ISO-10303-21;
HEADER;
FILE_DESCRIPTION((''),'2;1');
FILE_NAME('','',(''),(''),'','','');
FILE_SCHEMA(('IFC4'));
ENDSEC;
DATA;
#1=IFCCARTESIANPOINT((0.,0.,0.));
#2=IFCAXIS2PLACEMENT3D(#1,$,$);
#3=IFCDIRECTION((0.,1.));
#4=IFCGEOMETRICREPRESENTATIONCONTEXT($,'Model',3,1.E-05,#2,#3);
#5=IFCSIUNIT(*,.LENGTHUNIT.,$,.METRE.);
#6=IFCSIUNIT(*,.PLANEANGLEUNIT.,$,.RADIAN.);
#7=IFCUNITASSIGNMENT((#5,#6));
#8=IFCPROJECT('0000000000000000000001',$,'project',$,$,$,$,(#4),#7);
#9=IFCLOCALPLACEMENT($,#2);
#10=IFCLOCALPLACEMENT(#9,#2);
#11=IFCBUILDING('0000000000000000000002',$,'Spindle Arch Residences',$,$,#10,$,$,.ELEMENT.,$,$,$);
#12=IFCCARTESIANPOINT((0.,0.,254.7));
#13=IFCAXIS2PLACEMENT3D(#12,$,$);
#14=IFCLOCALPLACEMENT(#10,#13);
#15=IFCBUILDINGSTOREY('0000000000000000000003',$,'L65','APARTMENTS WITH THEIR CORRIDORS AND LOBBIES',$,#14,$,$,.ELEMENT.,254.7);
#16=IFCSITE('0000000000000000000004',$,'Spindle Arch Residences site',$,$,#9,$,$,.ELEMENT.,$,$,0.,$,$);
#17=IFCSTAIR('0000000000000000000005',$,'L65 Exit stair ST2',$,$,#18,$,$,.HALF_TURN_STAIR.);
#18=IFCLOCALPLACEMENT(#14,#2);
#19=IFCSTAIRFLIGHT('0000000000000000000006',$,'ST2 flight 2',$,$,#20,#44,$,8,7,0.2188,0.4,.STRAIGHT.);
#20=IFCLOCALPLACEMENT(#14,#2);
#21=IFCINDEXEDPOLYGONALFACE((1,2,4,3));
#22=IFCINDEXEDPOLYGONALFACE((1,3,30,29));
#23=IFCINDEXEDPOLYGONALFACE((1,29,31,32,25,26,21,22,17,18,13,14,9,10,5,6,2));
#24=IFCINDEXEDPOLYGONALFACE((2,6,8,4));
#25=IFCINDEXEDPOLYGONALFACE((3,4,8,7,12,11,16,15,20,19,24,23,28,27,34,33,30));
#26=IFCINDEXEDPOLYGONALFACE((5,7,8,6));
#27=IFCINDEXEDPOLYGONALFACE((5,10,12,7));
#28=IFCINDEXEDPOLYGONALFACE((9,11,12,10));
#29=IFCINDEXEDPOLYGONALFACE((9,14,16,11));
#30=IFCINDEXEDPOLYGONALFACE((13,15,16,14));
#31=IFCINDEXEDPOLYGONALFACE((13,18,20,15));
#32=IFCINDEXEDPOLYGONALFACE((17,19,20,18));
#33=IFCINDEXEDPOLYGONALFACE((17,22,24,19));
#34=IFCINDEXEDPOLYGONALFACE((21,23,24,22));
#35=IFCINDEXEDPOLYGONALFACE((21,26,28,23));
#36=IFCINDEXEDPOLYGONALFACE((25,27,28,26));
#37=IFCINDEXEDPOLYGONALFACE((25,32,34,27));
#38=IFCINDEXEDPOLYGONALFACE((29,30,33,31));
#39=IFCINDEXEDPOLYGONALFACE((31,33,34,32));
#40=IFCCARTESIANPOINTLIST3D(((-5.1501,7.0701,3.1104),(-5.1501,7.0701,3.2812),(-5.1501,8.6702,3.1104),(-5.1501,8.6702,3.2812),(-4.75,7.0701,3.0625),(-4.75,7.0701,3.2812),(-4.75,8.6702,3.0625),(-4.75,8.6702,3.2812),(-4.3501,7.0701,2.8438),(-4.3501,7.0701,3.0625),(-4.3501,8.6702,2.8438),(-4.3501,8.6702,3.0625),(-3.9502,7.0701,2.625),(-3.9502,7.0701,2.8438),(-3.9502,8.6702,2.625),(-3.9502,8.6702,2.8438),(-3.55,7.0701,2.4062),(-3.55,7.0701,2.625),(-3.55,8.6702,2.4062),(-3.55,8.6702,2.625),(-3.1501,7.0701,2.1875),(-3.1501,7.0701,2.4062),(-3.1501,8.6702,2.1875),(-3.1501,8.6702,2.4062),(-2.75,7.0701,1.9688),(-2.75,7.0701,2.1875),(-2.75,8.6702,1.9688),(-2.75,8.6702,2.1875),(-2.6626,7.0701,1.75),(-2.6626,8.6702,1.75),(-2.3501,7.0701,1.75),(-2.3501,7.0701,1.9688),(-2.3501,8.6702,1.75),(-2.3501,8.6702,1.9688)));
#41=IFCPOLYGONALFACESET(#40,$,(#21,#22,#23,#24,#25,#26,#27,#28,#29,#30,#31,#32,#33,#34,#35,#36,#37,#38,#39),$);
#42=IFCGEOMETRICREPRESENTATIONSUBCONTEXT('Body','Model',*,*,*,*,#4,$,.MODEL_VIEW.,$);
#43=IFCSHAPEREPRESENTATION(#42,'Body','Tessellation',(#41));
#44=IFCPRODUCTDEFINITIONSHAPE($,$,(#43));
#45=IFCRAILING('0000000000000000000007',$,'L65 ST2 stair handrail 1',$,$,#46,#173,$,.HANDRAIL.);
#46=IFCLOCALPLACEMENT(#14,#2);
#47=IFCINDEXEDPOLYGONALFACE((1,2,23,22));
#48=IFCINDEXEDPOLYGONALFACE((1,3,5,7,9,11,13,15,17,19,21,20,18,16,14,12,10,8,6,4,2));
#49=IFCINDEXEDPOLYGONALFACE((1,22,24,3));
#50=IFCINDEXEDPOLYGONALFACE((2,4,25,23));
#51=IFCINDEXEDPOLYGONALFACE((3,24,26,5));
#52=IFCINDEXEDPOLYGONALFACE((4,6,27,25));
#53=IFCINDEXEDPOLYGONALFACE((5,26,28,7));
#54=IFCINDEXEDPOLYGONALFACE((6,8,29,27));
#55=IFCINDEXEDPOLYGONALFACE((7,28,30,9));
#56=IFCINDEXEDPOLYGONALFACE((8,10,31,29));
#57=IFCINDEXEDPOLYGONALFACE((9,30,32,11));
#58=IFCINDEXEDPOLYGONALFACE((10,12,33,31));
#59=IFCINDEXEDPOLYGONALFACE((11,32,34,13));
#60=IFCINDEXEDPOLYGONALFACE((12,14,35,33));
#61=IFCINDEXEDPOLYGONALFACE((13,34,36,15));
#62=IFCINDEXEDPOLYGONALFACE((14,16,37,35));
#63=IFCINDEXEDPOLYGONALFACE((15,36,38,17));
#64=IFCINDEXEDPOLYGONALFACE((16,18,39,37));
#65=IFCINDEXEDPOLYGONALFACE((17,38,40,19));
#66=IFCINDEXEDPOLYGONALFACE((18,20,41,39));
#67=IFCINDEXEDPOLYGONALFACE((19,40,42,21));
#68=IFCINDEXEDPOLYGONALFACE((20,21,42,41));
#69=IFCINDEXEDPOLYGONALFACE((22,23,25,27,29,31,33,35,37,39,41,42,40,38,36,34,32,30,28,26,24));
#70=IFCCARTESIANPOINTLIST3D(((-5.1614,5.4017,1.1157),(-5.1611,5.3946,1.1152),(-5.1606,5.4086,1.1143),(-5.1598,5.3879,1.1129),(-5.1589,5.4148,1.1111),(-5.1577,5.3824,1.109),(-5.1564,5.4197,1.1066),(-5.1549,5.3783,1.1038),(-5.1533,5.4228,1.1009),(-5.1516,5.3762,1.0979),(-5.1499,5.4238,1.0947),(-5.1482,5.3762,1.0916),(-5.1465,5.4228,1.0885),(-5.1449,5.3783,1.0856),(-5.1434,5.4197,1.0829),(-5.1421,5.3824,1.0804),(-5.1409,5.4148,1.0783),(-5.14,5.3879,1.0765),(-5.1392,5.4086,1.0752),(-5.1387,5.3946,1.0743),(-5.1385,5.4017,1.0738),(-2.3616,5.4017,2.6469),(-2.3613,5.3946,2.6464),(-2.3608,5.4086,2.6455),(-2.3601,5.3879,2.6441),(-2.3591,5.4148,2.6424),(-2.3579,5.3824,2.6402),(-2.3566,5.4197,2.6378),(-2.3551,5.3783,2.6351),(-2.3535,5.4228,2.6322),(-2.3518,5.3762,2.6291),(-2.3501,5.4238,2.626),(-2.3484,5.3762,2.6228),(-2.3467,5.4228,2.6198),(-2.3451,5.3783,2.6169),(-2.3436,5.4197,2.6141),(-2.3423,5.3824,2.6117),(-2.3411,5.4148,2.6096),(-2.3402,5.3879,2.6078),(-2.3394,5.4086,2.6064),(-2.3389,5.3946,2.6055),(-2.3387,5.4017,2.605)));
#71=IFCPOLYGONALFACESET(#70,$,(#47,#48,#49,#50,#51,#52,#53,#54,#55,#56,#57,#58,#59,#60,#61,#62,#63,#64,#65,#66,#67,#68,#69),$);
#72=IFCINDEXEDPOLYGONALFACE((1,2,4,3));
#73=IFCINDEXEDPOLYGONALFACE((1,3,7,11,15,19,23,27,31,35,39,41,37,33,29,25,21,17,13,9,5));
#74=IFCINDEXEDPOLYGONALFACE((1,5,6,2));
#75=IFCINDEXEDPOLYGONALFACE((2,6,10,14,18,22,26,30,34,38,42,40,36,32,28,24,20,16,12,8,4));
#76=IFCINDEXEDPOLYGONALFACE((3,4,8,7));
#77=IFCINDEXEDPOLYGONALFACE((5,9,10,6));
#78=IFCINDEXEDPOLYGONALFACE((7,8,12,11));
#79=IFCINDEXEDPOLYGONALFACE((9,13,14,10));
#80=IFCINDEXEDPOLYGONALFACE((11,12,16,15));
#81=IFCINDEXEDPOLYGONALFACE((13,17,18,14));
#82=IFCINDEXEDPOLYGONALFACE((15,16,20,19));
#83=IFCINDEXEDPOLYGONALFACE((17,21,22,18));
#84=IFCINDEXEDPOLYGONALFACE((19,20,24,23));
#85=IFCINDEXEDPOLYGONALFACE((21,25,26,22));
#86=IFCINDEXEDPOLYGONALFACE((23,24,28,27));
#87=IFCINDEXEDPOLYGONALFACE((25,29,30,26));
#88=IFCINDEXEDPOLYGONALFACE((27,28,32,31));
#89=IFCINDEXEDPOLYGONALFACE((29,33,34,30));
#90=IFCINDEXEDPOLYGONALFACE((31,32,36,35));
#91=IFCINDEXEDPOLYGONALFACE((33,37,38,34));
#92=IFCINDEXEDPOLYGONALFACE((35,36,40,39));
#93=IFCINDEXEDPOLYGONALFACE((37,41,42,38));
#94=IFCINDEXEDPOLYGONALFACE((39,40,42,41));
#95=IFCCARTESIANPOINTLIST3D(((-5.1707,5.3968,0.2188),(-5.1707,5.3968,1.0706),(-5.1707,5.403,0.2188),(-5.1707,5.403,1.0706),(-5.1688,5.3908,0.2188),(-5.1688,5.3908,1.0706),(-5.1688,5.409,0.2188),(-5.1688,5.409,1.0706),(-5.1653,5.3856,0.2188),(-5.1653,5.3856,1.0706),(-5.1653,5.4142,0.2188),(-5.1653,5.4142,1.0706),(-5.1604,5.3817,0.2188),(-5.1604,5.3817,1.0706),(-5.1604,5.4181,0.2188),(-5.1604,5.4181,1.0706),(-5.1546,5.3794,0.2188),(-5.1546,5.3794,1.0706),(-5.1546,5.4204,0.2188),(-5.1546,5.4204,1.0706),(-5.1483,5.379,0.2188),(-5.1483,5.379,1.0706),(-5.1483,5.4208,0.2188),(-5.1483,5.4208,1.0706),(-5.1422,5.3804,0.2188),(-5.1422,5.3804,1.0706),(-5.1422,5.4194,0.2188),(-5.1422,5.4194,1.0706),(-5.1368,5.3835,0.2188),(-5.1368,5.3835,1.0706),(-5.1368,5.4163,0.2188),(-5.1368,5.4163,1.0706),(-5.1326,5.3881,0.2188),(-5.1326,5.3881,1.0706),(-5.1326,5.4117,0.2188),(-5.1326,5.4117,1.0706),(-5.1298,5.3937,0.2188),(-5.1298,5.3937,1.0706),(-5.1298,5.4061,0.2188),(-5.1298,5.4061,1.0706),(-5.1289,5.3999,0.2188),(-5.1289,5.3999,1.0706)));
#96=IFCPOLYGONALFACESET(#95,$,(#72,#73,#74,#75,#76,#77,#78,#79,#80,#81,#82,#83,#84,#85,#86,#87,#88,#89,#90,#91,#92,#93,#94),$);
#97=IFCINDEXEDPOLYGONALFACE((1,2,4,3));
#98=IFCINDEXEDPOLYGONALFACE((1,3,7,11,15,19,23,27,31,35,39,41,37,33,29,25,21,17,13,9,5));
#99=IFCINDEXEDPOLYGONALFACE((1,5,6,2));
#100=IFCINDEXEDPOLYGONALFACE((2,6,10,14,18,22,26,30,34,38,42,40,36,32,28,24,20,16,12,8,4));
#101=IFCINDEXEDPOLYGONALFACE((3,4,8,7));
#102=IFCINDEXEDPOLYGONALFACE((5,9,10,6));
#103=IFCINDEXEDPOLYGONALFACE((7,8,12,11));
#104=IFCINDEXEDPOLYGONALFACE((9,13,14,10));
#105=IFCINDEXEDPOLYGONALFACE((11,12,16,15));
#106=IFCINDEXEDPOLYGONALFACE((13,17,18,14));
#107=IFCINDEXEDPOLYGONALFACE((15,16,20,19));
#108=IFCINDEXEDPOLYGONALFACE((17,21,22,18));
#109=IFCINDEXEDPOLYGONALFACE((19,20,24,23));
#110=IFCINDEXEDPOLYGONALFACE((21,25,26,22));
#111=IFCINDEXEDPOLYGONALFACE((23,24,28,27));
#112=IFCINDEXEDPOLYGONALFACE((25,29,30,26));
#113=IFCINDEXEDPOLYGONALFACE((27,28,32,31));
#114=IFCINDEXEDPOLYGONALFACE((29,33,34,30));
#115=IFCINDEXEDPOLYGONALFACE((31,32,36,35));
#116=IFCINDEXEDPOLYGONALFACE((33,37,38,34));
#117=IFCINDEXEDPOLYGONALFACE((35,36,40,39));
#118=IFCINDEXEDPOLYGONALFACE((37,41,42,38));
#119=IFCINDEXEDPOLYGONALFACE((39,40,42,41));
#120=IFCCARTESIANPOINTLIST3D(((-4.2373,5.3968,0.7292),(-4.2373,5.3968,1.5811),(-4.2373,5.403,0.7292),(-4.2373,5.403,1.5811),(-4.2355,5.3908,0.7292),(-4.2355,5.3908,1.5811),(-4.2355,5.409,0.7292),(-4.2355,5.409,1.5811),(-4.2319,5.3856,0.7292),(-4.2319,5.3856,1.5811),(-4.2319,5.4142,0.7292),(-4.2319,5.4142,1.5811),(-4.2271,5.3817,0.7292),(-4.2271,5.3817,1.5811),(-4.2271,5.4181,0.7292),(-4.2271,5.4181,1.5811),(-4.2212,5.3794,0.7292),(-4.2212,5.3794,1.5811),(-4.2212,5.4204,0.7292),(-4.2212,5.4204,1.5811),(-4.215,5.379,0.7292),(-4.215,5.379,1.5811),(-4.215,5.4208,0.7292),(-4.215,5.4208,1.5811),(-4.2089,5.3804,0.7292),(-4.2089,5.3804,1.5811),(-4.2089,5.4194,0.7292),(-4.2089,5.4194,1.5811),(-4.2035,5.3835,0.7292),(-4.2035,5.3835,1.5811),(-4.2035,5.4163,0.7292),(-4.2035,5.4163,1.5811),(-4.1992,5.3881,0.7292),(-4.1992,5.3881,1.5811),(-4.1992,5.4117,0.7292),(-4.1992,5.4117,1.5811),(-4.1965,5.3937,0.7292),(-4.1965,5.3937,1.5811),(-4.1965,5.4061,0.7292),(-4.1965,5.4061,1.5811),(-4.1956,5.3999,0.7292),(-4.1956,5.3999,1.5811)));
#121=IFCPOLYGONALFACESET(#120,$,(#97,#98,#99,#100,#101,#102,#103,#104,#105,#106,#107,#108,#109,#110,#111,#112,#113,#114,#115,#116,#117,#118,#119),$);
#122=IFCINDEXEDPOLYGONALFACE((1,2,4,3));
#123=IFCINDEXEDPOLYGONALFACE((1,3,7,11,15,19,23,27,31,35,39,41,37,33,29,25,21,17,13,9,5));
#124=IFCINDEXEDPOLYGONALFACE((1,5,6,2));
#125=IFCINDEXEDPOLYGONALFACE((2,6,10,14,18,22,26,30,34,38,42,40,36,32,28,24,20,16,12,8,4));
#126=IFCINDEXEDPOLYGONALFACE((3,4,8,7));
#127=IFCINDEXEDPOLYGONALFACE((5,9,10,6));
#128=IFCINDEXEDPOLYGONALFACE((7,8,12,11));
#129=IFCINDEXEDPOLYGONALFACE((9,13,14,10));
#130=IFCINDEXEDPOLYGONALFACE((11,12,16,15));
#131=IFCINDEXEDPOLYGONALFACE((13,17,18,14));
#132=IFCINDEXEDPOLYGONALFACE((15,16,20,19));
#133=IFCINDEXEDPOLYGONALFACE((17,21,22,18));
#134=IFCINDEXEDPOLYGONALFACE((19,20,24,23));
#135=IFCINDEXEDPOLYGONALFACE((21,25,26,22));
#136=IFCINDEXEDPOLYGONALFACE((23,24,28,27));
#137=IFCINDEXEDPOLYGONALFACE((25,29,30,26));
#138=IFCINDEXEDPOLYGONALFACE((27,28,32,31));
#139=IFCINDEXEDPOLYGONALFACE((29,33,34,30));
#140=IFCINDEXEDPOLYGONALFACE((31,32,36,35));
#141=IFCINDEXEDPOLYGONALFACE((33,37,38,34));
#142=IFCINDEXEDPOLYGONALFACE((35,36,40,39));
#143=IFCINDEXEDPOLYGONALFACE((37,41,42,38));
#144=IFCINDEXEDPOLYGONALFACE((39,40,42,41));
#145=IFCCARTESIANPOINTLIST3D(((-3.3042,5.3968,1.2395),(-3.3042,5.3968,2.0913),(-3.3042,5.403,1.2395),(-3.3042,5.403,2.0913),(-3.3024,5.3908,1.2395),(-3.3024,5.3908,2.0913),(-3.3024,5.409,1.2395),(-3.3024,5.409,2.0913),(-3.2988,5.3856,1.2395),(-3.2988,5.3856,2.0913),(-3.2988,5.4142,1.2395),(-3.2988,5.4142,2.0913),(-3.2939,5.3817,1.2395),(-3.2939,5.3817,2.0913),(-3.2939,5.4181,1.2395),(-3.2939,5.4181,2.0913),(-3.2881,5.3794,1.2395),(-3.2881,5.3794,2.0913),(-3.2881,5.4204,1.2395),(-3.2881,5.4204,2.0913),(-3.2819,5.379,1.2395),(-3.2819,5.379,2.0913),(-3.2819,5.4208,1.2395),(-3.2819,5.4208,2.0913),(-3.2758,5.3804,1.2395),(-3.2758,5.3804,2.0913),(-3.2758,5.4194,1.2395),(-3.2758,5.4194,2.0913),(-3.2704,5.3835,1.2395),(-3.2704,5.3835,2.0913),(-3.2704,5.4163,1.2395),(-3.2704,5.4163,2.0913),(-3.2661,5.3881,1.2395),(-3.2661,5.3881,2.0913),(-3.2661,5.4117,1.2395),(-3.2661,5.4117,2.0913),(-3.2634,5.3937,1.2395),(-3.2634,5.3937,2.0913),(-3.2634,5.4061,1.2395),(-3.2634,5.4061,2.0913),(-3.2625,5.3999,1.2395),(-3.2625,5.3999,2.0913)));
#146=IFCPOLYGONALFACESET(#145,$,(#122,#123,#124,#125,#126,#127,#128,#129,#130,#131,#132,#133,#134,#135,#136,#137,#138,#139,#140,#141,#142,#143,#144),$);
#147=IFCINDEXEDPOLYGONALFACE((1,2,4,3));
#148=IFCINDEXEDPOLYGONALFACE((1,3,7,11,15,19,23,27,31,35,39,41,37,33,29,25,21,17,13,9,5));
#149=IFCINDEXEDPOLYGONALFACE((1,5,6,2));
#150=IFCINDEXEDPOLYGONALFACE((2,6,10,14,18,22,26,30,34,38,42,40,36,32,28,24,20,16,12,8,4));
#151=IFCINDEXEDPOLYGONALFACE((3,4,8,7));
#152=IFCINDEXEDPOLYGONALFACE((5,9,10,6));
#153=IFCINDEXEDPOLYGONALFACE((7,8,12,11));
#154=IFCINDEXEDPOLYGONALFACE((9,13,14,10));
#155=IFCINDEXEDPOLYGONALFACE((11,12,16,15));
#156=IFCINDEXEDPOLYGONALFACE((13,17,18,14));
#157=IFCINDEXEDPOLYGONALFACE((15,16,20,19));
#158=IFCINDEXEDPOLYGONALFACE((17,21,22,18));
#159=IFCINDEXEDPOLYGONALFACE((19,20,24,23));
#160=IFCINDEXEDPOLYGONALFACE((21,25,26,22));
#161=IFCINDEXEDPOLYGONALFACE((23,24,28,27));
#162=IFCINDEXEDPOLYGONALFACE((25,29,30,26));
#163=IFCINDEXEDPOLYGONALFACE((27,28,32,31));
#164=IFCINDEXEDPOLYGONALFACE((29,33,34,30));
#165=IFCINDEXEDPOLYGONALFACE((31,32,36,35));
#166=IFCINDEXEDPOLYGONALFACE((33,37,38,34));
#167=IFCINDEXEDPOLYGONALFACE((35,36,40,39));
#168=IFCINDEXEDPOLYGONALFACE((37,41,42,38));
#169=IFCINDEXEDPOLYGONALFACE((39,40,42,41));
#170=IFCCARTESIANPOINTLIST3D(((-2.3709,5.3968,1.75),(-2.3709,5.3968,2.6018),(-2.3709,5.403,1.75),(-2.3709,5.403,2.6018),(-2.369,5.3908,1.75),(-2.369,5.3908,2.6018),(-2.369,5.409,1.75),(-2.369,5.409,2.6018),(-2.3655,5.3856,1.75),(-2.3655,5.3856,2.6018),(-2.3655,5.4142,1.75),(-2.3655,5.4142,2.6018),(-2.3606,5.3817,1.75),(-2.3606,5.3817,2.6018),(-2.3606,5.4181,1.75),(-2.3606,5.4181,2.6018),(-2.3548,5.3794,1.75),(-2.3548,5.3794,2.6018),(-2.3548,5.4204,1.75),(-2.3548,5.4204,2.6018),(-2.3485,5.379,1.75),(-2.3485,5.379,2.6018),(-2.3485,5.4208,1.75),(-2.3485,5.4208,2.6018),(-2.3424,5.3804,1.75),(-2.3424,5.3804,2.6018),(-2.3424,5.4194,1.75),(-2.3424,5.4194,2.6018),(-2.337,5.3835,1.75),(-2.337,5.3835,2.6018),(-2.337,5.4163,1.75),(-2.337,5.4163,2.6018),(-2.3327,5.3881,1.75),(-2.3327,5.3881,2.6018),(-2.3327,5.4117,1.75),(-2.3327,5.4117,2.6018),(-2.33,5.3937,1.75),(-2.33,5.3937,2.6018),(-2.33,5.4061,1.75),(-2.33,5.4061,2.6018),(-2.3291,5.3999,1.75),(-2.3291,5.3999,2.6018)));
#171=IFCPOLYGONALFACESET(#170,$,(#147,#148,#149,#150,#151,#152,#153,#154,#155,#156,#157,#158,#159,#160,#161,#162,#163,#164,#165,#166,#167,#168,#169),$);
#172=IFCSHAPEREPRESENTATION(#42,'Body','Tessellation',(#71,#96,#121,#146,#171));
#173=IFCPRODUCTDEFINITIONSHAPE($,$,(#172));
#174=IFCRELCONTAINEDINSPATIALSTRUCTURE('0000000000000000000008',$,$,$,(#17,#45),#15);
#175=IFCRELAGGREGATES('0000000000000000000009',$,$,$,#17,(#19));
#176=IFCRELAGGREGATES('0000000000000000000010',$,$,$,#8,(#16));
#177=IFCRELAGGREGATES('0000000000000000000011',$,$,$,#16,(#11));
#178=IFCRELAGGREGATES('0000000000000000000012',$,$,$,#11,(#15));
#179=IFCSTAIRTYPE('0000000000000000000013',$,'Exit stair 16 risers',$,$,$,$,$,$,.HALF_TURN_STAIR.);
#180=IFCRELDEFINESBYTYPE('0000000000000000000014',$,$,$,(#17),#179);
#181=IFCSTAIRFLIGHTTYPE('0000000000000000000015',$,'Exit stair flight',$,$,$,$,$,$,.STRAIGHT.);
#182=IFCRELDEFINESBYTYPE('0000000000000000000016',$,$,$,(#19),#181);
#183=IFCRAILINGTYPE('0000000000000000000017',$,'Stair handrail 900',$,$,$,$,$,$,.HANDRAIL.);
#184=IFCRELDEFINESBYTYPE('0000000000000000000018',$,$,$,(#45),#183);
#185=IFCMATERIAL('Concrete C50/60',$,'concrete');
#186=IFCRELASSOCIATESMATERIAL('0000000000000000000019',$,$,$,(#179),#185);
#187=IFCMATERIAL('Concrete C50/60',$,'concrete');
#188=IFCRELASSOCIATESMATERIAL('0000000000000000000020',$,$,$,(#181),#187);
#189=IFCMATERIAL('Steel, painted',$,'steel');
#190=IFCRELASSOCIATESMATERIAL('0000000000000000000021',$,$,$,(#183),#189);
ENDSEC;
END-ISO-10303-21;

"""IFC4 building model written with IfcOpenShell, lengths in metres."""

from ifc_helpers import new_model, si_unit, direction, frame, origin, origin_2d, place, context, subcontext, project, spatial, polyline, circle, outline, extrude, material, type_object, element, aggregate, save


model = new_model("IFC4")

# Units and contexts
model_context = context("Model", 3, precision=1e-05, world=origin(), true_north=direction((0.0, 1.0)))
body_context = subcontext(model_context, "Body", "Model", "MODEL_VIEW")
ifc_project = project(units=[si_unit("LENGTHUNIT", "METRE"), si_unit("PLANEANGLEUNIT", "RADIAN")], contexts=[model_context])

# Site, building, storey
site_placement = place(None, origin())
site = spatial("IfcSite", under=ifc_project, at=site_placement, Name="Spindle Arch Residences site", CompositionType="ELEMENT", RefElevation=0.0)
building_placement = place(site_placement, origin())
building = spatial("IfcBuilding", under=site, at=building_placement, Name="Spindle Arch Residences", CompositionType="ELEMENT")
storey_placement = place(building_placement, frame((0.0, 0.0, 254.7)))
storey = spatial("IfcBuildingStorey", under=building, at=storey_placement, Name="L65", Description="APARTMENTS WITH THEIR CORRIDORS AND LOBBIES", CompositionType="ELEMENT", Elevation=254.7)

# Stair, stair flight
ifc_material_1 = material(Name="Concrete C50/60", Category="concrete")
stair_type = type_object("IfcStairType", Name="Exit stair 16 risers", PredefinedType="HALF_TURN_STAIR", material=ifc_material_1)
stair_placement = place(storey_placement, origin())
stair = element("IfcStair", 1, at=stair_placement, inside=storey, type_object=stair_type, Name="L65 Exit stair ST2", PredefinedType="HALF_TURN_STAIR")
ifc_material_2 = material(Name="Concrete C50/60", Category="concrete")
stair_flight_type = type_object("IfcStairFlightType", Name="Exit stair flight", PredefinedType="STRAIGHT", material=ifc_material_2)
stair_flight_1_placement = place(storey_placement, frame((-2.3501, 7.8701, 1.75), z_axis=(0.0, 0.0, 1.0), x_axis=(-1.0, 0.0, 0.0)))
stair_flight_1 = element("IfcStairFlight", 2, at=stair_flight_1_placement, type_object=stair_flight_type, Name="ST2 flight 2", NumberOfRisers=8, NumberOfTreads=7, PredefinedType="STRAIGHT", RiserHeight=0.2188, TreadLength=0.4, context=body_context, shape_type="SweptSolid", body=[
    extrude(outline(polyline([(0.0, 0.0), (0.0, 0.2188), (0.3999, 0.2188), (0.3999, 0.4375), (0.8, 0.4375), (0.8, 0.6562), (1.2, 0.6562), (1.2, 0.875), (1.6001, 0.875), (1.6001, 1.0938), (2.0, 1.0938), (2.0, 1.3125), (2.3999, 1.3125), (2.3999, 1.5312), (2.8, 1.5312), (2.8, 1.75), (2.8, 1.3604), (0.3125, 0.0), (0.0, 0.0)])), frame((0.0, 0.8, 0.0), z_axis=(0.0, -1.0, 0.0), x_axis=(1.0, 0.0, 0.0)), (0.0, 0.0, 1.0), 1.6001),
])
aggregate(stair, [stair_flight_1])

# Railing
ifc_material_3 = material(Name="Steel, painted", Category="steel")
railing_type_1 = type_object("IfcRailingType", Name="Stair handrail 900", PredefinedType="HANDRAIL", material=ifc_material_3)
railing_1_placement = place(storey_placement, frame((-5.1499, 5.3999, 0.2188)))
element("IfcRailing", 3, at=railing_1_placement, inside=storey, type_object=railing_type_1, Name="L65 ST2 stair handrail 1", PredefinedType="HANDRAIL", context=body_context, shape_type="SweptSolid", body=[
    extrude(circle(Radius=0.0239, at=origin_2d()), frame((0.0, 0.0, 0.876), z_axis=(0.877357, 0.0, 0.479838), x_axis=(0.0, 1.0, 0.0)), (0.0, 0.0, 1.0), 3.1912),
    extrude(circle(Radius=0.021, at=origin_2d()), origin(), (0.0, 0.0, 1.0), 0.8518),
    extrude(circle(Radius=0.021, at=origin_2d()), frame((0.9333, 0.0, 0.5105)), (0.0, 0.0, 1.0), 0.8518),
    extrude(circle(Radius=0.021, at=origin_2d()), frame((1.8665, 0.0, 1.0208)), (0.0, 0.0, 1.0), 0.8518),
    extrude(circle(Radius=0.021, at=origin_2d()), frame((2.7998, 0.0, 1.5312)), (0.0, 0.0, 1.0), 0.8518),
])

save(model, "model.ifc")
